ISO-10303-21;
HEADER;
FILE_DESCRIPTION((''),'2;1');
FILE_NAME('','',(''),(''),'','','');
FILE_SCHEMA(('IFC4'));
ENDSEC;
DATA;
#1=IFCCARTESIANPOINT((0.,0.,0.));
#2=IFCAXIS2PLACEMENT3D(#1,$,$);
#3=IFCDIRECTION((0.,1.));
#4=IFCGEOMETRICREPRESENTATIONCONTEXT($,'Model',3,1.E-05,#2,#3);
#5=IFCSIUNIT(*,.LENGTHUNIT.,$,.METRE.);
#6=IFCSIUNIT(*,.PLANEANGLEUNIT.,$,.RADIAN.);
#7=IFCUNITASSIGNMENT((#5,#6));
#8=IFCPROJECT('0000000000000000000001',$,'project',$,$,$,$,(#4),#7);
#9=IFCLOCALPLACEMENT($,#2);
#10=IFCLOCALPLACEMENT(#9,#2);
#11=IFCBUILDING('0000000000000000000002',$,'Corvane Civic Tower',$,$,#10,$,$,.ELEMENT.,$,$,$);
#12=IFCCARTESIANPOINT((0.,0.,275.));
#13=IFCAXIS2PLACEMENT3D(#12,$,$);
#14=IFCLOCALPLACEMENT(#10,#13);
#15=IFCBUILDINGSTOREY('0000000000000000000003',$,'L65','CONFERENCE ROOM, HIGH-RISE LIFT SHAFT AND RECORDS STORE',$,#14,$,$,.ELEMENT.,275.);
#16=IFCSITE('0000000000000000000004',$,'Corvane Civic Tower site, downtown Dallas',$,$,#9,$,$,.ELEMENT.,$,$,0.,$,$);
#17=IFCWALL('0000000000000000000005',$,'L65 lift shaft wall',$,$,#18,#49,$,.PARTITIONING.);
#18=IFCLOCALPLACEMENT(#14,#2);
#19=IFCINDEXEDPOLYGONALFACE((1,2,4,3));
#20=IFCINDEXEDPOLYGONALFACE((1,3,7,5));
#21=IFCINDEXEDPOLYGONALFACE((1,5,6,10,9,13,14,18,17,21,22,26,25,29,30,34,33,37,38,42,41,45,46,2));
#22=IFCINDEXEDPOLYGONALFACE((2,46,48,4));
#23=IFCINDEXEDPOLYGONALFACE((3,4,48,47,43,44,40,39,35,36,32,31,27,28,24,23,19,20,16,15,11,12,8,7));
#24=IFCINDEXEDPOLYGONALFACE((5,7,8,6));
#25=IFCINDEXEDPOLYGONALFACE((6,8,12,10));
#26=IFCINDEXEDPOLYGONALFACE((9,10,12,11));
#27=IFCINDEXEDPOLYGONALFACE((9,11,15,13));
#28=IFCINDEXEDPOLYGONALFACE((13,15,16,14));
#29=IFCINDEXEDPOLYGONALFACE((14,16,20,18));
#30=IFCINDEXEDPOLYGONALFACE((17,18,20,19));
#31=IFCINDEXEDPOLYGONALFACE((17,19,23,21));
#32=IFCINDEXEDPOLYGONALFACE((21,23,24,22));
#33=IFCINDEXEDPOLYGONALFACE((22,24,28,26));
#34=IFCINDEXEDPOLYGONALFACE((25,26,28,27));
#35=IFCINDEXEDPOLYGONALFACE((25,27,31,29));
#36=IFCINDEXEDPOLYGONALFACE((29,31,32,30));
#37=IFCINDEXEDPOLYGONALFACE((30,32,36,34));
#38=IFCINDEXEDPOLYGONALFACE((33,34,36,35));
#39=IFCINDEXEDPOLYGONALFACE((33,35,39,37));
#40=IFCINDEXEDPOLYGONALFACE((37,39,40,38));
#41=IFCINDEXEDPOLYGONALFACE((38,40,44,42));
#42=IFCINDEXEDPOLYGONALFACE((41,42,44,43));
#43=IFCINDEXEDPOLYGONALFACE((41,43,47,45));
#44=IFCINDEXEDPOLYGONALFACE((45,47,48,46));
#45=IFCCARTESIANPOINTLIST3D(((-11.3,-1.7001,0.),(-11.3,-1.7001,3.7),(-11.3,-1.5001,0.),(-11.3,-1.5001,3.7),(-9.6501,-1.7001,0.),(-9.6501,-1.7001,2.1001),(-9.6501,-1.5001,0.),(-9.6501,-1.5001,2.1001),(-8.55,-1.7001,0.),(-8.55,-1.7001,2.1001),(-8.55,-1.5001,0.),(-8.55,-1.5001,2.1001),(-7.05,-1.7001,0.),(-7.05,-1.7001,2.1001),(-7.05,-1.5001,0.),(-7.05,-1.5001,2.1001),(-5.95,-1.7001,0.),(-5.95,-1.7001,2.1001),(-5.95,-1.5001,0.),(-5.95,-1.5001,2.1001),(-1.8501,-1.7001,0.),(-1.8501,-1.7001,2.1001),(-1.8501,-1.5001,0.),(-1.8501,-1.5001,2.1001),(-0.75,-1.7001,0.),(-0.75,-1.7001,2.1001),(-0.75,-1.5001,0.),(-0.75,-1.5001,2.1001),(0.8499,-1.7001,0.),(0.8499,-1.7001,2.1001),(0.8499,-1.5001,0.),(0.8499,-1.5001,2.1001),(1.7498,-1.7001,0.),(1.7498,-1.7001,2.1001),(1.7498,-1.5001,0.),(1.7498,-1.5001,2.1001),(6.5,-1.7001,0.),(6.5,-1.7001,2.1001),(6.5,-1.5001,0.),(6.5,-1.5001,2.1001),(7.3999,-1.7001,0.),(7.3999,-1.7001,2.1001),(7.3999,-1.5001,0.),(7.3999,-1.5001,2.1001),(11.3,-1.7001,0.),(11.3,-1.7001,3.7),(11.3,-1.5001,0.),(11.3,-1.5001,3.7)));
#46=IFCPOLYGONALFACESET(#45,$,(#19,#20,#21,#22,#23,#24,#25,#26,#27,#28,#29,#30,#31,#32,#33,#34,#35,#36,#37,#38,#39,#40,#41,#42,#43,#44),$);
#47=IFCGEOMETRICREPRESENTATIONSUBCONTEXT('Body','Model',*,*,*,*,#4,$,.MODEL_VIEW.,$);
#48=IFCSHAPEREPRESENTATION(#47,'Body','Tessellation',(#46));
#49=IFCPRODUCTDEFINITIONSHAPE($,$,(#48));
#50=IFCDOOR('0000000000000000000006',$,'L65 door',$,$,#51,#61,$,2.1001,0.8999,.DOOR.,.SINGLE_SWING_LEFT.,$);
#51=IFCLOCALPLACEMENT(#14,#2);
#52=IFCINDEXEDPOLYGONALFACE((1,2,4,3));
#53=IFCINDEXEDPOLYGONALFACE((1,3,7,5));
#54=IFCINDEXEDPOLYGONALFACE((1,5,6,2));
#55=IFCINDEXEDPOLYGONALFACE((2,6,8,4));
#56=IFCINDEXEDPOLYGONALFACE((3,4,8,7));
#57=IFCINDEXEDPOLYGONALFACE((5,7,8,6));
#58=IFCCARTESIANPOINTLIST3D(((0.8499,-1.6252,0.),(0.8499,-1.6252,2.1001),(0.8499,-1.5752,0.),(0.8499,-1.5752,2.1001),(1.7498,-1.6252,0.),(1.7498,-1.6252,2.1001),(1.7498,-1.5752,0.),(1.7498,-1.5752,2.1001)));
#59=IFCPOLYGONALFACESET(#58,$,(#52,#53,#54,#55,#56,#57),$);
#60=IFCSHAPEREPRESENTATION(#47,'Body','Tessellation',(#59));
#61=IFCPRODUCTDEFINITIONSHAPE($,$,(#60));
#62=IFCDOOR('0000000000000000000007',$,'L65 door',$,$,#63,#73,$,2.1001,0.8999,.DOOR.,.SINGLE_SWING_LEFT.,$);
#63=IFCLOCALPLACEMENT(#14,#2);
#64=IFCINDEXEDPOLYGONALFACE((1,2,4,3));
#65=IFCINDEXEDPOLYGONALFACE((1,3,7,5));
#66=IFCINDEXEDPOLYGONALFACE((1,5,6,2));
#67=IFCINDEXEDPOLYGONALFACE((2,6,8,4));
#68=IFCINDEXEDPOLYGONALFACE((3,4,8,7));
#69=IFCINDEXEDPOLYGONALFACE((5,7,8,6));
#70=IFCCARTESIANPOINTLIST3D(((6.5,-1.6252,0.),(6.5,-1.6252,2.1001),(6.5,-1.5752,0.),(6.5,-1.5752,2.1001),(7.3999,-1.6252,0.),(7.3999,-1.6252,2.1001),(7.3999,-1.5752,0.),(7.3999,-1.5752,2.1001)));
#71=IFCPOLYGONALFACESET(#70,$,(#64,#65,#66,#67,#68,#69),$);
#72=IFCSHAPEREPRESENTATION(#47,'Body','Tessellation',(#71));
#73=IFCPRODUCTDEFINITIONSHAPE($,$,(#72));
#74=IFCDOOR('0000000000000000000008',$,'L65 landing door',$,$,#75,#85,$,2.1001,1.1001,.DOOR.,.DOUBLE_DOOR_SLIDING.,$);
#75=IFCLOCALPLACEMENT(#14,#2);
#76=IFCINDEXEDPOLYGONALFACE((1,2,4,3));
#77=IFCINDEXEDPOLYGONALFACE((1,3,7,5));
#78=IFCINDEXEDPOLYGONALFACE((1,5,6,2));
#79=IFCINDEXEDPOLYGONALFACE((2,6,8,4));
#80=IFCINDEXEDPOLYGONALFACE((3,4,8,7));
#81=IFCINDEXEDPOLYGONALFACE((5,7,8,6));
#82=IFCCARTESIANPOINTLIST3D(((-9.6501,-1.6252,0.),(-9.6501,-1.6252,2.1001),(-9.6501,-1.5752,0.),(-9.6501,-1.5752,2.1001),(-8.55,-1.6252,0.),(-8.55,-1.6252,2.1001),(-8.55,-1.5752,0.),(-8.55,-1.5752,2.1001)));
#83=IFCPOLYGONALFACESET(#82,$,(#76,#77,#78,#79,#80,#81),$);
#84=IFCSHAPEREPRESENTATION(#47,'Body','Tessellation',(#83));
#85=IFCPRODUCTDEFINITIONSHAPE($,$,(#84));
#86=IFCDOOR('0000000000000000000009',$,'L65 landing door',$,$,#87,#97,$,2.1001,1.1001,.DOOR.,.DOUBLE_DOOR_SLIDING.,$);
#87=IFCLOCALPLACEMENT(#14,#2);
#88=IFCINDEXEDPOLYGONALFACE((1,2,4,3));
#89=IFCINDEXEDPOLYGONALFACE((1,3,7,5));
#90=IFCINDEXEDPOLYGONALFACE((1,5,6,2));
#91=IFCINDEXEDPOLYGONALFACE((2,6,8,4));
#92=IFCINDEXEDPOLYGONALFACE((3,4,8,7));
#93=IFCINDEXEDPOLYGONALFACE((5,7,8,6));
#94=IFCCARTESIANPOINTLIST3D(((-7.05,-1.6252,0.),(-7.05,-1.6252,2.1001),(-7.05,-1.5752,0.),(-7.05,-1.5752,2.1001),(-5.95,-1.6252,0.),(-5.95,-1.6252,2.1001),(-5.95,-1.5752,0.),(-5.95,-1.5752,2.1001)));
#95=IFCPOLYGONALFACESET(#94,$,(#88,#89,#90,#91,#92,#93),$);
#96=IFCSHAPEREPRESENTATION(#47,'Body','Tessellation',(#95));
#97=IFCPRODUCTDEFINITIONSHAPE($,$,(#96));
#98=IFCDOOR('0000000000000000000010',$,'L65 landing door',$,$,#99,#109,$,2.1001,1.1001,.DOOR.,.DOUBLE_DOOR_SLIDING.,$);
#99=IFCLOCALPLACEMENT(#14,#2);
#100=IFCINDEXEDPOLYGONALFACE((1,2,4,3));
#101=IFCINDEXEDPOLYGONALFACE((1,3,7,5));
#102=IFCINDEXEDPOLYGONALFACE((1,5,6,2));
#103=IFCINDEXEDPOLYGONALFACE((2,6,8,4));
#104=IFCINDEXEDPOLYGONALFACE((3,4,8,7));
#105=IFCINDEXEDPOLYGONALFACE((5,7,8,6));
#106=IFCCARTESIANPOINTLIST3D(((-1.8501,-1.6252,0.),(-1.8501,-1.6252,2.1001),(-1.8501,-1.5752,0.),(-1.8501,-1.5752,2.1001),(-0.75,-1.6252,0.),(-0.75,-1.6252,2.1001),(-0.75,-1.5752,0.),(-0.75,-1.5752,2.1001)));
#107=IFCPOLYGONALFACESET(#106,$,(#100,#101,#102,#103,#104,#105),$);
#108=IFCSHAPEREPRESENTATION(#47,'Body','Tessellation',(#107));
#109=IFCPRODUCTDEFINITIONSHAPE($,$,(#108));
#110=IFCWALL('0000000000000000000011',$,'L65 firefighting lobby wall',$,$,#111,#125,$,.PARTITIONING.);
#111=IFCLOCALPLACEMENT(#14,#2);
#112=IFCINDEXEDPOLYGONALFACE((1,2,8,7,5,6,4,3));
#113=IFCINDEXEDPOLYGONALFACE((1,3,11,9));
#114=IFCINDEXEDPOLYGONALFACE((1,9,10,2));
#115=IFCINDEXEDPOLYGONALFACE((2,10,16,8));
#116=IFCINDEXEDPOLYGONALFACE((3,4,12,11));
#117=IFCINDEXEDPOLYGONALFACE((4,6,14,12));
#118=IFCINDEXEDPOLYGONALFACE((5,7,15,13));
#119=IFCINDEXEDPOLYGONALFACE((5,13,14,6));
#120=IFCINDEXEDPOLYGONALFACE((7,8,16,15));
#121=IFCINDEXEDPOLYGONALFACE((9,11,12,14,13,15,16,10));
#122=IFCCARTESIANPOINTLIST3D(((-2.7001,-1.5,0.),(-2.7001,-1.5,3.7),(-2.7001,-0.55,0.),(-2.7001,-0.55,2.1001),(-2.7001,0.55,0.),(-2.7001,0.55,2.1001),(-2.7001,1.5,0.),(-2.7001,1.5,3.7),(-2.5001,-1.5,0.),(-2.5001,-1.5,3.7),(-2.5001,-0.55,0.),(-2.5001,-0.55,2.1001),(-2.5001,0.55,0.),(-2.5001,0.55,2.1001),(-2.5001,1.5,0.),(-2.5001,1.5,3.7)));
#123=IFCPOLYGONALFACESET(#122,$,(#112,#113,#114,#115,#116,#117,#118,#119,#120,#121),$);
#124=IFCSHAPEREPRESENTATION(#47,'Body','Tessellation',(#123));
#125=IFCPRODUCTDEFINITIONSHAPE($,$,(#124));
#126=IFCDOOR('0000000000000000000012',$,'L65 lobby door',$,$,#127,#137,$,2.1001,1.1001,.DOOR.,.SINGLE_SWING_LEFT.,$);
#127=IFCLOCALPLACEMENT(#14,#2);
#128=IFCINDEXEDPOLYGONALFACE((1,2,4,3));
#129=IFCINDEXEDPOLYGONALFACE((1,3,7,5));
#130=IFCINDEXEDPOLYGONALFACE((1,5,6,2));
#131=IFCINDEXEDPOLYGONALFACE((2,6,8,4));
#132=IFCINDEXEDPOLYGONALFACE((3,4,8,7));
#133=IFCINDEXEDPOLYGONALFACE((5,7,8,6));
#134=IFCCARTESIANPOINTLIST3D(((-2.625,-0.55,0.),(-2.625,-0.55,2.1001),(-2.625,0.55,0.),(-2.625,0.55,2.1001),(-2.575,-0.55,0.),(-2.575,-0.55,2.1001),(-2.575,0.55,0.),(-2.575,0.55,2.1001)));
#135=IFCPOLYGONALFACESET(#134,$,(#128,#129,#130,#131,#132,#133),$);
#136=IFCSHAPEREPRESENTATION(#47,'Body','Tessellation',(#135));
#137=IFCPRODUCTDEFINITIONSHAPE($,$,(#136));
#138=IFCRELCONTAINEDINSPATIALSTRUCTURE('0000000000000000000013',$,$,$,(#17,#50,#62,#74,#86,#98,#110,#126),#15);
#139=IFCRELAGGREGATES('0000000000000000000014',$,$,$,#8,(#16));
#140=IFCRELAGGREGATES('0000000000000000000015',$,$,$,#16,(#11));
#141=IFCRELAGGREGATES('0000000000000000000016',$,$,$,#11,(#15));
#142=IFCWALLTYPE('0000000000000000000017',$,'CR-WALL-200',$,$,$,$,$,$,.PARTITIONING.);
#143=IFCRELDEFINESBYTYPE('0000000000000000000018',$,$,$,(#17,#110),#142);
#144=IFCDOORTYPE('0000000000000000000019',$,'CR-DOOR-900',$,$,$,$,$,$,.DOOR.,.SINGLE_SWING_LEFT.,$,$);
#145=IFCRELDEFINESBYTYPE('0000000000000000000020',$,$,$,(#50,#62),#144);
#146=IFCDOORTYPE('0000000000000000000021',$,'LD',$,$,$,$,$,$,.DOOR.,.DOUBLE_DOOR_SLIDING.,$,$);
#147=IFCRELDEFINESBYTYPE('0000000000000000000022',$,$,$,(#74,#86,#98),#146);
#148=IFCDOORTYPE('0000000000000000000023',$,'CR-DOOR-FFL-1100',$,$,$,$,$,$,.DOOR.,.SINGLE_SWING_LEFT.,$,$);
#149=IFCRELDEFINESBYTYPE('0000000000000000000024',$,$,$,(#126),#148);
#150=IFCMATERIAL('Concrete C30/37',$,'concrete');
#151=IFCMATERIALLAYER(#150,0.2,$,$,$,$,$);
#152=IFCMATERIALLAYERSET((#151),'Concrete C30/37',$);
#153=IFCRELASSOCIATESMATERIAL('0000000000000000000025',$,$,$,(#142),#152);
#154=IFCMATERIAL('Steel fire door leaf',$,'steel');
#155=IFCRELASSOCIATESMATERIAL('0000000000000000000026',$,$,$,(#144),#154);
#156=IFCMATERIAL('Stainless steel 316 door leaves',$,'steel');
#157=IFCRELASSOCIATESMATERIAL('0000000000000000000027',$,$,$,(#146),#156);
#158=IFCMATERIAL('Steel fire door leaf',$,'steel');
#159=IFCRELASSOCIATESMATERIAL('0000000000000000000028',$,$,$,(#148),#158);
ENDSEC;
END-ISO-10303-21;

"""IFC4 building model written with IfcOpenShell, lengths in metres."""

from ifc_helpers import new_model, si_unit, direction, frame, frame_2d, origin, place, context, subcontext, project, spatial, rectangle, extrude, material, layer, layer_set, type_object, element, fill, save


model = new_model("IFC4")

# Units and contexts
model_context = context("Model", 3, precision=1e-05, world=origin(), true_north=direction((0.0, 1.0)))
body_context = subcontext(model_context, "Body", "Model", "MODEL_VIEW")
ifc_project = project(units=[si_unit("LENGTHUNIT", "METRE"), si_unit("PLANEANGLEUNIT", "RADIAN")], contexts=[model_context])

# Site, building, storey
site_placement = place(None, origin())
site = spatial("IfcSite", under=ifc_project, at=site_placement, Name="Corvane Civic Tower site, downtown Dallas", CompositionType="ELEMENT", RefElevation=0.0)
building_placement = place(site_placement, origin())
building = spatial("IfcBuilding", under=site, at=building_placement, Name="Corvane Civic Tower", CompositionType="ELEMENT")
storey_placement = place(building_placement, frame((0.0, 0.0, 275.0)))
storey = spatial("IfcBuildingStorey", under=building, at=storey_placement, Name="L65", Description="CONFERENCE ROOM, HIGH-RISE LIFT SHAFT AND RECORDS STORE", CompositionType="ELEMENT", Elevation=275.0)

# Wall, openings, doors
ifc_material_1 = material(Name="Concrete C30/37", Category="concrete")
ifc_layer_1 = layer(ifc_material_1, 0.2)
ifc_layer_set_1 = layer_set([ifc_layer_1], Name="Concrete C30/37")
wall_type_1 = type_object("IfcWallType", Name="CR-WALL-200", PredefinedType="PARTITIONING", material=ifc_layer_set_1)
ifc_material_2 = material(Name="Steel fire door leaf", Category="steel")
door_type_1 = type_object("IfcDoorType", Name="CR-DOOR-900", OperationType="SINGLE_SWING_LEFT", PredefinedType="DOOR", material=ifc_material_2)
wall_1_placement = place(storey_placement, frame((-11.3, -1.6001, 0.0), z_axis=(0.0, 0.0, 1.0), x_axis=(1.0, 0.0, 0.0)))
wall_1 = element("IfcWall", 1, at=wall_1_placement, inside=storey, type_object=wall_type_1, Name="L65 lift shaft wall", PredefinedType="PARTITIONING", context=body_context, shape_type="SweptSolid", body=[
    extrude(rectangle(XDim=22.6001, YDim=0.2, at=frame_2d((11.3, 0.0))), origin(), (0.0, 0.0, 1.0), 3.7),
])
opening_1_placement = place(wall_1_placement, frame((1.6499, 0.0, 0.0)))
opening_1 = element("IfcOpeningElement", 2, at=opening_1_placement, cuts=wall_1, PredefinedType="OPENING", context=body_context, shape_type="SweptSolid", body=[
    extrude(rectangle(XDim=1.1001, YDim=2.1001, at=frame_2d((0.55, 1.05))), frame((0.0, 0.1099, 0.0), z_axis=(0.0, -1.0, 0.0), x_axis=(1.0, 0.0, 0.0)), (0.0, 0.0, 1.0), 0.22),
])
opening_2_placement = place(wall_1_placement, frame((4.25, 0.0, 0.0)))
opening_2 = element("IfcOpeningElement", 3, at=opening_2_placement, cuts=wall_1, PredefinedType="OPENING", context=body_context, shape_type="SweptSolid", body=[
    extrude(rectangle(XDim=1.1001, YDim=2.1001, at=frame_2d((0.55, 1.05))), frame((0.0, 0.1099, 0.0), z_axis=(0.0, -1.0, 0.0), x_axis=(1.0, 0.0, 0.0)), (0.0, 0.0, 1.0), 0.22),
])
opening_3_placement = place(wall_1_placement, frame((9.45, 0.0, 0.0)))
opening_3 = element("IfcOpeningElement", 4, at=opening_3_placement, cuts=wall_1, PredefinedType="OPENING", context=body_context, shape_type="SweptSolid", body=[
    extrude(rectangle(XDim=1.1001, YDim=2.1001, at=frame_2d((0.55, 1.05))), frame((0.0, 0.1099, 0.0), z_axis=(0.0, -1.0, 0.0), x_axis=(1.0, 0.0, 0.0)), (0.0, 0.0, 1.0), 0.22),
])
opening_4_placement = place(wall_1_placement, frame((12.1499, 0.0, 0.0)))
opening_4 = element("IfcOpeningElement", 5, at=opening_4_placement, cuts=wall_1, PredefinedType="OPENING", context=body_context, shape_type="SweptSolid", body=[
    extrude(rectangle(XDim=0.8999, YDim=2.1001, at=frame_2d((0.45, 1.05))), frame((0.0, 0.1099, 0.0), z_axis=(0.0, -1.0, 0.0), x_axis=(1.0, 0.0, 0.0)), (0.0, 0.0, 1.0), 0.22),
])
opening_5_placement = place(wall_1_placement, frame((17.8, 0.0, 0.0)))
opening_5 = element("IfcOpeningElement", 6, at=opening_5_placement, cuts=wall_1, PredefinedType="OPENING", context=body_context, shape_type="SweptSolid", body=[
    extrude(rectangle(XDim=0.8999, YDim=2.1001, at=frame_2d((0.45, 1.05))), frame((0.0, 0.1099, 0.0), z_axis=(0.0, -1.0, 0.0), x_axis=(1.0, 0.0, 0.0)), (0.0, 0.0, 1.0), 0.22),
])
door_1_placement = place(opening_4_placement, origin())
door_1 = element("IfcDoor", 7, at=door_1_placement, inside=storey, type_object=door_type_1, Name="L65 door", OperationType="SINGLE_SWING_LEFT", OverallHeight=2.1001, OverallWidth=0.8999, PredefinedType="DOOR", context=body_context, shape_type="SweptSolid", body=[
    extrude(rectangle(XDim=0.8999, YDim=2.1001, at=frame_2d((0.45, 1.05))), frame((0.0, 0.0249, 0.0), z_axis=(0.0, -1.0, 0.0), x_axis=(1.0, 0.0, 0.0)), (0.0, 0.0, 1.0), 0.05),
])
fill(opening_4, door_1)
door_2_placement = place(opening_5_placement, origin())
door_2 = element("IfcDoor", 8, at=door_2_placement, inside=storey, type_object=door_type_1, Name="L65 door", OperationType="SINGLE_SWING_LEFT", OverallHeight=2.1001, OverallWidth=0.8999, PredefinedType="DOOR", context=body_context, shape_type="SweptSolid", body=[
    extrude(rectangle(XDim=0.8999, YDim=2.1001, at=frame_2d((0.45, 1.05))), frame((0.0, 0.0249, 0.0), z_axis=(0.0, -1.0, 0.0), x_axis=(1.0, 0.0, 0.0)), (0.0, 0.0, 1.0), 0.05),
])
fill(opening_5, door_2)
ifc_material_3 = material(Name="Stainless steel 316 door leaves", Category="steel")
door_type_2 = type_object("IfcDoorType", Name="LD", OperationType="DOUBLE_DOOR_SLIDING", PredefinedType="DOOR", material=ifc_material_3)
door_3_placement = place(opening_1_placement, origin())
door_3 = element("IfcDoor", 9, at=door_3_placement, inside=storey, type_object=door_type_2, Name="L65 landing door", OperationType="DOUBLE_DOOR_SLIDING", OverallHeight=2.1001, OverallWidth=1.1001, PredefinedType="DOOR", context=body_context, shape_type="SweptSolid", body=[
    extrude(rectangle(XDim=1.1001, YDim=2.1001, at=frame_2d((0.55, 1.05))), frame((0.0, 0.0249, 0.0), z_axis=(0.0, -1.0, 0.0), x_axis=(1.0, 0.0, 0.0)), (0.0, 0.0, 1.0), 0.05),
])
fill(opening_1, door_3)
door_4_placement = place(opening_2_placement, origin())
door_4 = element("IfcDoor", 10, at=door_4_placement, inside=storey, type_object=door_type_2, Name="L65 landing door", OperationType="DOUBLE_DOOR_SLIDING", OverallHeight=2.1001, OverallWidth=1.1001, PredefinedType="DOOR", context=body_context, shape_type="SweptSolid", body=[
    extrude(rectangle(XDim=1.1001, YDim=2.1001, at=frame_2d((0.55, 1.05))), frame((0.0, 0.0249, 0.0), z_axis=(0.0, -1.0, 0.0), x_axis=(1.0, 0.0, 0.0)), (0.0, 0.0, 1.0), 0.05),
])
fill(opening_2, door_4)
door_5_placement = place(opening_3_placement, origin())
door_5 = element("IfcDoor", 11, at=door_5_placement, inside=storey, type_object=door_type_2, Name="L65 landing door", OperationType="DOUBLE_DOOR_SLIDING", OverallHeight=2.1001, OverallWidth=1.1001, PredefinedType="DOOR", context=body_context, shape_type="SweptSolid", body=[
    extrude(rectangle(XDim=1.1001, YDim=2.1001, at=frame_2d((0.55, 1.05))), frame((0.0, 0.0249, 0.0), z_axis=(0.0, -1.0, 0.0), x_axis=(1.0, 0.0, 0.0)), (0.0, 0.0, 1.0), 0.05),
])
fill(opening_3, door_5)

# Wall, opening, door
wall_2_placement = place(storey_placement, frame((-2.6001, -1.5, 0.0), z_axis=(0.0, 0.0, 1.0), x_axis=(0.0, 1.0, 0.0)))
wall_2 = element("IfcWall", 12, at=wall_2_placement, inside=storey, type_object=wall_type_1, Name="L65 firefighting lobby wall", PredefinedType="PARTITIONING", context=body_context, shape_type="SweptSolid", body=[
    extrude(rectangle(XDim=3.0, YDim=0.2, at=frame_2d((1.5, 0.0))), origin(), (0.0, 0.0, 1.0), 3.7),
])
opening_6_placement = place(wall_2_placement, frame((0.95, 0.0, 0.0)))
opening_6 = element("IfcOpeningElement", 13, at=opening_6_placement, cuts=wall_2, PredefinedType="OPENING", context=body_context, shape_type="SweptSolid", body=[
    extrude(rectangle(XDim=1.1001, YDim=2.1001, at=frame_2d((0.55, 1.05))), frame((0.0, 0.1099, 0.0), z_axis=(0.0, -1.0, 0.0), x_axis=(1.0, 0.0, 0.0)), (0.0, 0.0, 1.0), 0.22),
])
ifc_material_4 = material(Name="Steel fire door leaf", Category="steel")
door_type_3 = type_object("IfcDoorType", Name="CR-DOOR-FFL-1100", OperationType="SINGLE_SWING_LEFT", PredefinedType="DOOR", material=ifc_material_4)
door_6_placement = place(opening_6_placement, origin())
door_6 = element("IfcDoor", 14, at=door_6_placement, inside=storey, type_object=door_type_3, Name="L65 lobby door", OperationType="SINGLE_SWING_LEFT", OverallHeight=2.1001, OverallWidth=1.1001, PredefinedType="DOOR", context=body_context, shape_type="SweptSolid", body=[
    extrude(rectangle(XDim=1.1001, YDim=2.1001, at=frame_2d((0.55, 1.05))), frame((0.0, 0.0249, 0.0), z_axis=(0.0, -1.0, 0.0), x_axis=(1.0, 0.0, 0.0)), (0.0, 0.0, 1.0), 0.05),
])
fill(opening_6, door_6)

save(model, "model.ifc")
